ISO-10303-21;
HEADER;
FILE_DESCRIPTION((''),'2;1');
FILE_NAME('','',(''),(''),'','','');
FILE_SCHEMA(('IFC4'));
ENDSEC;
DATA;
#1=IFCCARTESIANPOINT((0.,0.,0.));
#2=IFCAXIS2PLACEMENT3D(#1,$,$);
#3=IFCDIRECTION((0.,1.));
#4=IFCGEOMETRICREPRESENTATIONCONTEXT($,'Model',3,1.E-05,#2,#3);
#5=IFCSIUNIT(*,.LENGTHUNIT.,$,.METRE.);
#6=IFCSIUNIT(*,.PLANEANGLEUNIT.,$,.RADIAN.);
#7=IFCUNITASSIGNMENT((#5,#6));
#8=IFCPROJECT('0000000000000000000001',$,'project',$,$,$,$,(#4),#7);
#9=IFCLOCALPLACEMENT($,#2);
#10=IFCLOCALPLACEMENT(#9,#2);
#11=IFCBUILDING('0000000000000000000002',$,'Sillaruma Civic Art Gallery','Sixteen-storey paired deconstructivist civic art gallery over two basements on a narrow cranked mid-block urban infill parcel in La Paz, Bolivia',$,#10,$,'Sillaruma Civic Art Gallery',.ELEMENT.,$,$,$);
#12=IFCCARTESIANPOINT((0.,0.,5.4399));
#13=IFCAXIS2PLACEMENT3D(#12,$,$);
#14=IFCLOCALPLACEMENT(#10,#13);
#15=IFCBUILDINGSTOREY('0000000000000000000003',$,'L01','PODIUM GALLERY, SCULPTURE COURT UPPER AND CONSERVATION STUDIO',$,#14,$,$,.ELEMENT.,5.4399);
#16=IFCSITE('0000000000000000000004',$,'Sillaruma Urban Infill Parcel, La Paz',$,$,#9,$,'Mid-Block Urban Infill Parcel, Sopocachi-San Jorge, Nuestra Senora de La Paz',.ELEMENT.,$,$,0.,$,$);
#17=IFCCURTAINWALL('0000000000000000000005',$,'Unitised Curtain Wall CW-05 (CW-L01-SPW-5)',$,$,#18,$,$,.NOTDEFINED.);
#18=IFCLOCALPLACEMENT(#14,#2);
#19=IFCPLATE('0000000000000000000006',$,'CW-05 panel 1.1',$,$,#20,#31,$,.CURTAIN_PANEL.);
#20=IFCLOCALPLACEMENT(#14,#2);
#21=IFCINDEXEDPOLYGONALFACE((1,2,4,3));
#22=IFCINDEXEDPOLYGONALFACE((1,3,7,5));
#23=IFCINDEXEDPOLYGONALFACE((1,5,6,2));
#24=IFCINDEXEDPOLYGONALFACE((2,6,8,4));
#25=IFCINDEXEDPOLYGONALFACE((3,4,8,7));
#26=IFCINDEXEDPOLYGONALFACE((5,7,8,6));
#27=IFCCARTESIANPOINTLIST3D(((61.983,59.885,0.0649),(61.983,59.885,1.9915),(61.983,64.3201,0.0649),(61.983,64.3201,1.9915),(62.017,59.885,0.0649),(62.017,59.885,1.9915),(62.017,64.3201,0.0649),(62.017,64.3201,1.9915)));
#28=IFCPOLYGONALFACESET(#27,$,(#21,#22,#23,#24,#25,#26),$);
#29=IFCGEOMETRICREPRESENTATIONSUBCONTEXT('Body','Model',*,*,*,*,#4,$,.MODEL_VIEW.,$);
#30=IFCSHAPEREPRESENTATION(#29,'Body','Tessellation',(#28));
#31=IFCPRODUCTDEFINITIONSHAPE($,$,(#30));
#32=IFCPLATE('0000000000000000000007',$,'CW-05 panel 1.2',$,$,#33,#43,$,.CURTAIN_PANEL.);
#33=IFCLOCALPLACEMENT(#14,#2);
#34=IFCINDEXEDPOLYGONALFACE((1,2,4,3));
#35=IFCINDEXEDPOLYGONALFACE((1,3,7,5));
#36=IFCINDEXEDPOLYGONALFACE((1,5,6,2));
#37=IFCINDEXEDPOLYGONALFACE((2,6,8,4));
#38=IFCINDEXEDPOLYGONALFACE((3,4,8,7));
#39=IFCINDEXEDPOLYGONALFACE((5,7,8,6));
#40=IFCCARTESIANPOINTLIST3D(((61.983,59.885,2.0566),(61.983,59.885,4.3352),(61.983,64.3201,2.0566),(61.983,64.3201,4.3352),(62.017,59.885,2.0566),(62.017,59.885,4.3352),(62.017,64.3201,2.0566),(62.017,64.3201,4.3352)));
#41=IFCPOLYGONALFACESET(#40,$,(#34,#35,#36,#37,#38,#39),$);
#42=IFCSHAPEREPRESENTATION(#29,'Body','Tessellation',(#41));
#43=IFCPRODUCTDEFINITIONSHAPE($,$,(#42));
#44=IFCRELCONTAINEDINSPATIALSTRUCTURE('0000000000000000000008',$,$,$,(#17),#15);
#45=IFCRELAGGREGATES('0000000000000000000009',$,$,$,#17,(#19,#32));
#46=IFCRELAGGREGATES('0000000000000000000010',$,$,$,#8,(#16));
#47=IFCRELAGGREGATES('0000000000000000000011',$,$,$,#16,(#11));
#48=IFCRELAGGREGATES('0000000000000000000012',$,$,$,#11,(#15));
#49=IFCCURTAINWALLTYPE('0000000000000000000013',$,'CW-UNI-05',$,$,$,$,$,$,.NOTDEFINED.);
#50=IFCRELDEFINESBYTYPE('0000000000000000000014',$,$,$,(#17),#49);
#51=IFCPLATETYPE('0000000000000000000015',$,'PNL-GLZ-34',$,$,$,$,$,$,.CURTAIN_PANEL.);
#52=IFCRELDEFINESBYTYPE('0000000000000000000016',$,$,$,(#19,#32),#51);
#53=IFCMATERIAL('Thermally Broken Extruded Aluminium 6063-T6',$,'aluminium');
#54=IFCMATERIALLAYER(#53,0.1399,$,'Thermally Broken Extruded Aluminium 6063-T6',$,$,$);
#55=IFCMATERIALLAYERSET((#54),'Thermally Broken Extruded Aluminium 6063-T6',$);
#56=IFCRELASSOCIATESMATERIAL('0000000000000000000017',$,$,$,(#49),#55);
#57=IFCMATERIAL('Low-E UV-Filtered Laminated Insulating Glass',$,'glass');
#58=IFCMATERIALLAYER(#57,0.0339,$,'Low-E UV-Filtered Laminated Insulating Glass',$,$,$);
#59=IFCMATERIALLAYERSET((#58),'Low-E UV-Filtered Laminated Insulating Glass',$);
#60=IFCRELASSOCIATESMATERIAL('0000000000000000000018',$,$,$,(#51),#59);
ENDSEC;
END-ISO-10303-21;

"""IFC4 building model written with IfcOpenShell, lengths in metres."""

from ifc_helpers import new_model, si_unit, direction, frame, origin, origin_2d, place, context, subcontext, project, spatial, rectangle, extrude, material, layer, layer_set, type_object, element, aggregate, save


model = new_model("IFC4")

# Units and contexts
model_context = context("Model", 3, precision=1e-05, world=origin(), true_north=direction((0.0, 1.0)))
body_context = subcontext(model_context, "Body", "Model", "MODEL_VIEW")
ifc_project = project(units=[si_unit("LENGTHUNIT", "METRE"), si_unit("PLANEANGLEUNIT", "RADIAN")], contexts=[model_context])

# Site, building, storey
site_placement = place(None, origin())
site = spatial("IfcSite", under=ifc_project, at=site_placement, Name="Sillaruma Urban Infill Parcel, La Paz", LongName="Mid-Block Urban Infill Parcel, Sopocachi-San Jorge, Nuestra Senora de La Paz", CompositionType="ELEMENT", RefElevation=0.0)
building_placement = place(site_placement, origin())
building = spatial("IfcBuilding", under=site, at=building_placement, Name="Sillaruma Civic Art Gallery", Description="Sixteen-storey paired deconstructivist civic art gallery over two basements on a narrow cranked mid-block urban infill parcel in La Paz, Bolivia", LongName="Sillaruma Civic Art Gallery", CompositionType="ELEMENT")
storey_placement = place(building_placement, frame((0.0, 0.0, 5.4399)))
storey = spatial("IfcBuildingStorey", under=building, at=storey_placement, Name="L01", Description="PODIUM GALLERY, SCULPTURE COURT UPPER AND CONSERVATION STUDIO", CompositionType="ELEMENT", Elevation=5.4399)

# Curtain wall
ifc_material_1 = material(Name="Thermally Broken Extruded Aluminium 6063-T6", Category="aluminium")
ifc_layer_1 = layer(ifc_material_1, 0.1399, Name="Thermally Broken Extruded Aluminium 6063-T6")
ifc_layer_set_1 = layer_set([ifc_layer_1], Name="Thermally Broken Extruded Aluminium 6063-T6")
curtain_wall_type_1 = type_object("IfcCurtainWallType", Name="CW-UNI-05", PredefinedType="NOTDEFINED", material=ifc_layer_set_1)
curtain_wall_1_placement = place(storey_placement, origin())
curtain_wall_1 = element("IfcCurtainWall", 1, at=curtain_wall_1_placement, inside=storey, type_object=curtain_wall_type_1, Name="Unitised Curtain Wall CW-05 (CW-L01-SPW-5)", PredefinedType="NOTDEFINED")

# Plates
ifc_material_2 = material(Name="Low-E UV-Filtered Laminated Insulating Glass", Category="glass")
ifc_layer_2 = layer(ifc_material_2, 0.0339, Name="Low-E UV-Filtered Laminated Insulating Glass")
ifc_layer_set_2 = layer_set([ifc_layer_2], Name="Low-E UV-Filtered Laminated Insulating Glass")
plate_type_1 = type_object("IfcPlateType", Name="PNL-GLZ-34", PredefinedType="CURTAIN_PANEL", material=ifc_layer_set_2)
plate_1_placement = place(storey_placement, frame((62.0, 62.1025, 0.0649), z_axis=(0.0, 0.0, 1.0), x_axis=(0.0, 1.0, 0.0)))
plate_1 = element("IfcPlate", 2, at=plate_1_placement, type_object=plate_type_1, Name="CW-05 panel 1.1", PredefinedType="CURTAIN_PANEL", context=body_context, shape_type="SweptSolid", body=[
    extrude(rectangle(XDim=4.4351, YDim=0.0339, at=origin_2d()), origin(), (0.0, 0.0, 1.0), 1.9265),
])
plate_2_placement = place(storey_placement, frame((62.0, 62.1025, 2.0566), z_axis=(0.0, 0.0, 1.0), x_axis=(0.0, 1.0, 0.0)))
plate_2 = element("IfcPlate", 3, at=plate_2_placement, type_object=plate_type_1, Name="CW-05 panel 1.2", PredefinedType="CURTAIN_PANEL", context=body_context, shape_type="SweptSolid", body=[
    extrude(rectangle(XDim=4.4351, YDim=0.0339, at=origin_2d()), origin(), (0.0, 0.0, 1.0), 2.2786),
])
aggregate(curtain_wall_1, [plate_1, plate_2])

save(model, "model.ifc")
